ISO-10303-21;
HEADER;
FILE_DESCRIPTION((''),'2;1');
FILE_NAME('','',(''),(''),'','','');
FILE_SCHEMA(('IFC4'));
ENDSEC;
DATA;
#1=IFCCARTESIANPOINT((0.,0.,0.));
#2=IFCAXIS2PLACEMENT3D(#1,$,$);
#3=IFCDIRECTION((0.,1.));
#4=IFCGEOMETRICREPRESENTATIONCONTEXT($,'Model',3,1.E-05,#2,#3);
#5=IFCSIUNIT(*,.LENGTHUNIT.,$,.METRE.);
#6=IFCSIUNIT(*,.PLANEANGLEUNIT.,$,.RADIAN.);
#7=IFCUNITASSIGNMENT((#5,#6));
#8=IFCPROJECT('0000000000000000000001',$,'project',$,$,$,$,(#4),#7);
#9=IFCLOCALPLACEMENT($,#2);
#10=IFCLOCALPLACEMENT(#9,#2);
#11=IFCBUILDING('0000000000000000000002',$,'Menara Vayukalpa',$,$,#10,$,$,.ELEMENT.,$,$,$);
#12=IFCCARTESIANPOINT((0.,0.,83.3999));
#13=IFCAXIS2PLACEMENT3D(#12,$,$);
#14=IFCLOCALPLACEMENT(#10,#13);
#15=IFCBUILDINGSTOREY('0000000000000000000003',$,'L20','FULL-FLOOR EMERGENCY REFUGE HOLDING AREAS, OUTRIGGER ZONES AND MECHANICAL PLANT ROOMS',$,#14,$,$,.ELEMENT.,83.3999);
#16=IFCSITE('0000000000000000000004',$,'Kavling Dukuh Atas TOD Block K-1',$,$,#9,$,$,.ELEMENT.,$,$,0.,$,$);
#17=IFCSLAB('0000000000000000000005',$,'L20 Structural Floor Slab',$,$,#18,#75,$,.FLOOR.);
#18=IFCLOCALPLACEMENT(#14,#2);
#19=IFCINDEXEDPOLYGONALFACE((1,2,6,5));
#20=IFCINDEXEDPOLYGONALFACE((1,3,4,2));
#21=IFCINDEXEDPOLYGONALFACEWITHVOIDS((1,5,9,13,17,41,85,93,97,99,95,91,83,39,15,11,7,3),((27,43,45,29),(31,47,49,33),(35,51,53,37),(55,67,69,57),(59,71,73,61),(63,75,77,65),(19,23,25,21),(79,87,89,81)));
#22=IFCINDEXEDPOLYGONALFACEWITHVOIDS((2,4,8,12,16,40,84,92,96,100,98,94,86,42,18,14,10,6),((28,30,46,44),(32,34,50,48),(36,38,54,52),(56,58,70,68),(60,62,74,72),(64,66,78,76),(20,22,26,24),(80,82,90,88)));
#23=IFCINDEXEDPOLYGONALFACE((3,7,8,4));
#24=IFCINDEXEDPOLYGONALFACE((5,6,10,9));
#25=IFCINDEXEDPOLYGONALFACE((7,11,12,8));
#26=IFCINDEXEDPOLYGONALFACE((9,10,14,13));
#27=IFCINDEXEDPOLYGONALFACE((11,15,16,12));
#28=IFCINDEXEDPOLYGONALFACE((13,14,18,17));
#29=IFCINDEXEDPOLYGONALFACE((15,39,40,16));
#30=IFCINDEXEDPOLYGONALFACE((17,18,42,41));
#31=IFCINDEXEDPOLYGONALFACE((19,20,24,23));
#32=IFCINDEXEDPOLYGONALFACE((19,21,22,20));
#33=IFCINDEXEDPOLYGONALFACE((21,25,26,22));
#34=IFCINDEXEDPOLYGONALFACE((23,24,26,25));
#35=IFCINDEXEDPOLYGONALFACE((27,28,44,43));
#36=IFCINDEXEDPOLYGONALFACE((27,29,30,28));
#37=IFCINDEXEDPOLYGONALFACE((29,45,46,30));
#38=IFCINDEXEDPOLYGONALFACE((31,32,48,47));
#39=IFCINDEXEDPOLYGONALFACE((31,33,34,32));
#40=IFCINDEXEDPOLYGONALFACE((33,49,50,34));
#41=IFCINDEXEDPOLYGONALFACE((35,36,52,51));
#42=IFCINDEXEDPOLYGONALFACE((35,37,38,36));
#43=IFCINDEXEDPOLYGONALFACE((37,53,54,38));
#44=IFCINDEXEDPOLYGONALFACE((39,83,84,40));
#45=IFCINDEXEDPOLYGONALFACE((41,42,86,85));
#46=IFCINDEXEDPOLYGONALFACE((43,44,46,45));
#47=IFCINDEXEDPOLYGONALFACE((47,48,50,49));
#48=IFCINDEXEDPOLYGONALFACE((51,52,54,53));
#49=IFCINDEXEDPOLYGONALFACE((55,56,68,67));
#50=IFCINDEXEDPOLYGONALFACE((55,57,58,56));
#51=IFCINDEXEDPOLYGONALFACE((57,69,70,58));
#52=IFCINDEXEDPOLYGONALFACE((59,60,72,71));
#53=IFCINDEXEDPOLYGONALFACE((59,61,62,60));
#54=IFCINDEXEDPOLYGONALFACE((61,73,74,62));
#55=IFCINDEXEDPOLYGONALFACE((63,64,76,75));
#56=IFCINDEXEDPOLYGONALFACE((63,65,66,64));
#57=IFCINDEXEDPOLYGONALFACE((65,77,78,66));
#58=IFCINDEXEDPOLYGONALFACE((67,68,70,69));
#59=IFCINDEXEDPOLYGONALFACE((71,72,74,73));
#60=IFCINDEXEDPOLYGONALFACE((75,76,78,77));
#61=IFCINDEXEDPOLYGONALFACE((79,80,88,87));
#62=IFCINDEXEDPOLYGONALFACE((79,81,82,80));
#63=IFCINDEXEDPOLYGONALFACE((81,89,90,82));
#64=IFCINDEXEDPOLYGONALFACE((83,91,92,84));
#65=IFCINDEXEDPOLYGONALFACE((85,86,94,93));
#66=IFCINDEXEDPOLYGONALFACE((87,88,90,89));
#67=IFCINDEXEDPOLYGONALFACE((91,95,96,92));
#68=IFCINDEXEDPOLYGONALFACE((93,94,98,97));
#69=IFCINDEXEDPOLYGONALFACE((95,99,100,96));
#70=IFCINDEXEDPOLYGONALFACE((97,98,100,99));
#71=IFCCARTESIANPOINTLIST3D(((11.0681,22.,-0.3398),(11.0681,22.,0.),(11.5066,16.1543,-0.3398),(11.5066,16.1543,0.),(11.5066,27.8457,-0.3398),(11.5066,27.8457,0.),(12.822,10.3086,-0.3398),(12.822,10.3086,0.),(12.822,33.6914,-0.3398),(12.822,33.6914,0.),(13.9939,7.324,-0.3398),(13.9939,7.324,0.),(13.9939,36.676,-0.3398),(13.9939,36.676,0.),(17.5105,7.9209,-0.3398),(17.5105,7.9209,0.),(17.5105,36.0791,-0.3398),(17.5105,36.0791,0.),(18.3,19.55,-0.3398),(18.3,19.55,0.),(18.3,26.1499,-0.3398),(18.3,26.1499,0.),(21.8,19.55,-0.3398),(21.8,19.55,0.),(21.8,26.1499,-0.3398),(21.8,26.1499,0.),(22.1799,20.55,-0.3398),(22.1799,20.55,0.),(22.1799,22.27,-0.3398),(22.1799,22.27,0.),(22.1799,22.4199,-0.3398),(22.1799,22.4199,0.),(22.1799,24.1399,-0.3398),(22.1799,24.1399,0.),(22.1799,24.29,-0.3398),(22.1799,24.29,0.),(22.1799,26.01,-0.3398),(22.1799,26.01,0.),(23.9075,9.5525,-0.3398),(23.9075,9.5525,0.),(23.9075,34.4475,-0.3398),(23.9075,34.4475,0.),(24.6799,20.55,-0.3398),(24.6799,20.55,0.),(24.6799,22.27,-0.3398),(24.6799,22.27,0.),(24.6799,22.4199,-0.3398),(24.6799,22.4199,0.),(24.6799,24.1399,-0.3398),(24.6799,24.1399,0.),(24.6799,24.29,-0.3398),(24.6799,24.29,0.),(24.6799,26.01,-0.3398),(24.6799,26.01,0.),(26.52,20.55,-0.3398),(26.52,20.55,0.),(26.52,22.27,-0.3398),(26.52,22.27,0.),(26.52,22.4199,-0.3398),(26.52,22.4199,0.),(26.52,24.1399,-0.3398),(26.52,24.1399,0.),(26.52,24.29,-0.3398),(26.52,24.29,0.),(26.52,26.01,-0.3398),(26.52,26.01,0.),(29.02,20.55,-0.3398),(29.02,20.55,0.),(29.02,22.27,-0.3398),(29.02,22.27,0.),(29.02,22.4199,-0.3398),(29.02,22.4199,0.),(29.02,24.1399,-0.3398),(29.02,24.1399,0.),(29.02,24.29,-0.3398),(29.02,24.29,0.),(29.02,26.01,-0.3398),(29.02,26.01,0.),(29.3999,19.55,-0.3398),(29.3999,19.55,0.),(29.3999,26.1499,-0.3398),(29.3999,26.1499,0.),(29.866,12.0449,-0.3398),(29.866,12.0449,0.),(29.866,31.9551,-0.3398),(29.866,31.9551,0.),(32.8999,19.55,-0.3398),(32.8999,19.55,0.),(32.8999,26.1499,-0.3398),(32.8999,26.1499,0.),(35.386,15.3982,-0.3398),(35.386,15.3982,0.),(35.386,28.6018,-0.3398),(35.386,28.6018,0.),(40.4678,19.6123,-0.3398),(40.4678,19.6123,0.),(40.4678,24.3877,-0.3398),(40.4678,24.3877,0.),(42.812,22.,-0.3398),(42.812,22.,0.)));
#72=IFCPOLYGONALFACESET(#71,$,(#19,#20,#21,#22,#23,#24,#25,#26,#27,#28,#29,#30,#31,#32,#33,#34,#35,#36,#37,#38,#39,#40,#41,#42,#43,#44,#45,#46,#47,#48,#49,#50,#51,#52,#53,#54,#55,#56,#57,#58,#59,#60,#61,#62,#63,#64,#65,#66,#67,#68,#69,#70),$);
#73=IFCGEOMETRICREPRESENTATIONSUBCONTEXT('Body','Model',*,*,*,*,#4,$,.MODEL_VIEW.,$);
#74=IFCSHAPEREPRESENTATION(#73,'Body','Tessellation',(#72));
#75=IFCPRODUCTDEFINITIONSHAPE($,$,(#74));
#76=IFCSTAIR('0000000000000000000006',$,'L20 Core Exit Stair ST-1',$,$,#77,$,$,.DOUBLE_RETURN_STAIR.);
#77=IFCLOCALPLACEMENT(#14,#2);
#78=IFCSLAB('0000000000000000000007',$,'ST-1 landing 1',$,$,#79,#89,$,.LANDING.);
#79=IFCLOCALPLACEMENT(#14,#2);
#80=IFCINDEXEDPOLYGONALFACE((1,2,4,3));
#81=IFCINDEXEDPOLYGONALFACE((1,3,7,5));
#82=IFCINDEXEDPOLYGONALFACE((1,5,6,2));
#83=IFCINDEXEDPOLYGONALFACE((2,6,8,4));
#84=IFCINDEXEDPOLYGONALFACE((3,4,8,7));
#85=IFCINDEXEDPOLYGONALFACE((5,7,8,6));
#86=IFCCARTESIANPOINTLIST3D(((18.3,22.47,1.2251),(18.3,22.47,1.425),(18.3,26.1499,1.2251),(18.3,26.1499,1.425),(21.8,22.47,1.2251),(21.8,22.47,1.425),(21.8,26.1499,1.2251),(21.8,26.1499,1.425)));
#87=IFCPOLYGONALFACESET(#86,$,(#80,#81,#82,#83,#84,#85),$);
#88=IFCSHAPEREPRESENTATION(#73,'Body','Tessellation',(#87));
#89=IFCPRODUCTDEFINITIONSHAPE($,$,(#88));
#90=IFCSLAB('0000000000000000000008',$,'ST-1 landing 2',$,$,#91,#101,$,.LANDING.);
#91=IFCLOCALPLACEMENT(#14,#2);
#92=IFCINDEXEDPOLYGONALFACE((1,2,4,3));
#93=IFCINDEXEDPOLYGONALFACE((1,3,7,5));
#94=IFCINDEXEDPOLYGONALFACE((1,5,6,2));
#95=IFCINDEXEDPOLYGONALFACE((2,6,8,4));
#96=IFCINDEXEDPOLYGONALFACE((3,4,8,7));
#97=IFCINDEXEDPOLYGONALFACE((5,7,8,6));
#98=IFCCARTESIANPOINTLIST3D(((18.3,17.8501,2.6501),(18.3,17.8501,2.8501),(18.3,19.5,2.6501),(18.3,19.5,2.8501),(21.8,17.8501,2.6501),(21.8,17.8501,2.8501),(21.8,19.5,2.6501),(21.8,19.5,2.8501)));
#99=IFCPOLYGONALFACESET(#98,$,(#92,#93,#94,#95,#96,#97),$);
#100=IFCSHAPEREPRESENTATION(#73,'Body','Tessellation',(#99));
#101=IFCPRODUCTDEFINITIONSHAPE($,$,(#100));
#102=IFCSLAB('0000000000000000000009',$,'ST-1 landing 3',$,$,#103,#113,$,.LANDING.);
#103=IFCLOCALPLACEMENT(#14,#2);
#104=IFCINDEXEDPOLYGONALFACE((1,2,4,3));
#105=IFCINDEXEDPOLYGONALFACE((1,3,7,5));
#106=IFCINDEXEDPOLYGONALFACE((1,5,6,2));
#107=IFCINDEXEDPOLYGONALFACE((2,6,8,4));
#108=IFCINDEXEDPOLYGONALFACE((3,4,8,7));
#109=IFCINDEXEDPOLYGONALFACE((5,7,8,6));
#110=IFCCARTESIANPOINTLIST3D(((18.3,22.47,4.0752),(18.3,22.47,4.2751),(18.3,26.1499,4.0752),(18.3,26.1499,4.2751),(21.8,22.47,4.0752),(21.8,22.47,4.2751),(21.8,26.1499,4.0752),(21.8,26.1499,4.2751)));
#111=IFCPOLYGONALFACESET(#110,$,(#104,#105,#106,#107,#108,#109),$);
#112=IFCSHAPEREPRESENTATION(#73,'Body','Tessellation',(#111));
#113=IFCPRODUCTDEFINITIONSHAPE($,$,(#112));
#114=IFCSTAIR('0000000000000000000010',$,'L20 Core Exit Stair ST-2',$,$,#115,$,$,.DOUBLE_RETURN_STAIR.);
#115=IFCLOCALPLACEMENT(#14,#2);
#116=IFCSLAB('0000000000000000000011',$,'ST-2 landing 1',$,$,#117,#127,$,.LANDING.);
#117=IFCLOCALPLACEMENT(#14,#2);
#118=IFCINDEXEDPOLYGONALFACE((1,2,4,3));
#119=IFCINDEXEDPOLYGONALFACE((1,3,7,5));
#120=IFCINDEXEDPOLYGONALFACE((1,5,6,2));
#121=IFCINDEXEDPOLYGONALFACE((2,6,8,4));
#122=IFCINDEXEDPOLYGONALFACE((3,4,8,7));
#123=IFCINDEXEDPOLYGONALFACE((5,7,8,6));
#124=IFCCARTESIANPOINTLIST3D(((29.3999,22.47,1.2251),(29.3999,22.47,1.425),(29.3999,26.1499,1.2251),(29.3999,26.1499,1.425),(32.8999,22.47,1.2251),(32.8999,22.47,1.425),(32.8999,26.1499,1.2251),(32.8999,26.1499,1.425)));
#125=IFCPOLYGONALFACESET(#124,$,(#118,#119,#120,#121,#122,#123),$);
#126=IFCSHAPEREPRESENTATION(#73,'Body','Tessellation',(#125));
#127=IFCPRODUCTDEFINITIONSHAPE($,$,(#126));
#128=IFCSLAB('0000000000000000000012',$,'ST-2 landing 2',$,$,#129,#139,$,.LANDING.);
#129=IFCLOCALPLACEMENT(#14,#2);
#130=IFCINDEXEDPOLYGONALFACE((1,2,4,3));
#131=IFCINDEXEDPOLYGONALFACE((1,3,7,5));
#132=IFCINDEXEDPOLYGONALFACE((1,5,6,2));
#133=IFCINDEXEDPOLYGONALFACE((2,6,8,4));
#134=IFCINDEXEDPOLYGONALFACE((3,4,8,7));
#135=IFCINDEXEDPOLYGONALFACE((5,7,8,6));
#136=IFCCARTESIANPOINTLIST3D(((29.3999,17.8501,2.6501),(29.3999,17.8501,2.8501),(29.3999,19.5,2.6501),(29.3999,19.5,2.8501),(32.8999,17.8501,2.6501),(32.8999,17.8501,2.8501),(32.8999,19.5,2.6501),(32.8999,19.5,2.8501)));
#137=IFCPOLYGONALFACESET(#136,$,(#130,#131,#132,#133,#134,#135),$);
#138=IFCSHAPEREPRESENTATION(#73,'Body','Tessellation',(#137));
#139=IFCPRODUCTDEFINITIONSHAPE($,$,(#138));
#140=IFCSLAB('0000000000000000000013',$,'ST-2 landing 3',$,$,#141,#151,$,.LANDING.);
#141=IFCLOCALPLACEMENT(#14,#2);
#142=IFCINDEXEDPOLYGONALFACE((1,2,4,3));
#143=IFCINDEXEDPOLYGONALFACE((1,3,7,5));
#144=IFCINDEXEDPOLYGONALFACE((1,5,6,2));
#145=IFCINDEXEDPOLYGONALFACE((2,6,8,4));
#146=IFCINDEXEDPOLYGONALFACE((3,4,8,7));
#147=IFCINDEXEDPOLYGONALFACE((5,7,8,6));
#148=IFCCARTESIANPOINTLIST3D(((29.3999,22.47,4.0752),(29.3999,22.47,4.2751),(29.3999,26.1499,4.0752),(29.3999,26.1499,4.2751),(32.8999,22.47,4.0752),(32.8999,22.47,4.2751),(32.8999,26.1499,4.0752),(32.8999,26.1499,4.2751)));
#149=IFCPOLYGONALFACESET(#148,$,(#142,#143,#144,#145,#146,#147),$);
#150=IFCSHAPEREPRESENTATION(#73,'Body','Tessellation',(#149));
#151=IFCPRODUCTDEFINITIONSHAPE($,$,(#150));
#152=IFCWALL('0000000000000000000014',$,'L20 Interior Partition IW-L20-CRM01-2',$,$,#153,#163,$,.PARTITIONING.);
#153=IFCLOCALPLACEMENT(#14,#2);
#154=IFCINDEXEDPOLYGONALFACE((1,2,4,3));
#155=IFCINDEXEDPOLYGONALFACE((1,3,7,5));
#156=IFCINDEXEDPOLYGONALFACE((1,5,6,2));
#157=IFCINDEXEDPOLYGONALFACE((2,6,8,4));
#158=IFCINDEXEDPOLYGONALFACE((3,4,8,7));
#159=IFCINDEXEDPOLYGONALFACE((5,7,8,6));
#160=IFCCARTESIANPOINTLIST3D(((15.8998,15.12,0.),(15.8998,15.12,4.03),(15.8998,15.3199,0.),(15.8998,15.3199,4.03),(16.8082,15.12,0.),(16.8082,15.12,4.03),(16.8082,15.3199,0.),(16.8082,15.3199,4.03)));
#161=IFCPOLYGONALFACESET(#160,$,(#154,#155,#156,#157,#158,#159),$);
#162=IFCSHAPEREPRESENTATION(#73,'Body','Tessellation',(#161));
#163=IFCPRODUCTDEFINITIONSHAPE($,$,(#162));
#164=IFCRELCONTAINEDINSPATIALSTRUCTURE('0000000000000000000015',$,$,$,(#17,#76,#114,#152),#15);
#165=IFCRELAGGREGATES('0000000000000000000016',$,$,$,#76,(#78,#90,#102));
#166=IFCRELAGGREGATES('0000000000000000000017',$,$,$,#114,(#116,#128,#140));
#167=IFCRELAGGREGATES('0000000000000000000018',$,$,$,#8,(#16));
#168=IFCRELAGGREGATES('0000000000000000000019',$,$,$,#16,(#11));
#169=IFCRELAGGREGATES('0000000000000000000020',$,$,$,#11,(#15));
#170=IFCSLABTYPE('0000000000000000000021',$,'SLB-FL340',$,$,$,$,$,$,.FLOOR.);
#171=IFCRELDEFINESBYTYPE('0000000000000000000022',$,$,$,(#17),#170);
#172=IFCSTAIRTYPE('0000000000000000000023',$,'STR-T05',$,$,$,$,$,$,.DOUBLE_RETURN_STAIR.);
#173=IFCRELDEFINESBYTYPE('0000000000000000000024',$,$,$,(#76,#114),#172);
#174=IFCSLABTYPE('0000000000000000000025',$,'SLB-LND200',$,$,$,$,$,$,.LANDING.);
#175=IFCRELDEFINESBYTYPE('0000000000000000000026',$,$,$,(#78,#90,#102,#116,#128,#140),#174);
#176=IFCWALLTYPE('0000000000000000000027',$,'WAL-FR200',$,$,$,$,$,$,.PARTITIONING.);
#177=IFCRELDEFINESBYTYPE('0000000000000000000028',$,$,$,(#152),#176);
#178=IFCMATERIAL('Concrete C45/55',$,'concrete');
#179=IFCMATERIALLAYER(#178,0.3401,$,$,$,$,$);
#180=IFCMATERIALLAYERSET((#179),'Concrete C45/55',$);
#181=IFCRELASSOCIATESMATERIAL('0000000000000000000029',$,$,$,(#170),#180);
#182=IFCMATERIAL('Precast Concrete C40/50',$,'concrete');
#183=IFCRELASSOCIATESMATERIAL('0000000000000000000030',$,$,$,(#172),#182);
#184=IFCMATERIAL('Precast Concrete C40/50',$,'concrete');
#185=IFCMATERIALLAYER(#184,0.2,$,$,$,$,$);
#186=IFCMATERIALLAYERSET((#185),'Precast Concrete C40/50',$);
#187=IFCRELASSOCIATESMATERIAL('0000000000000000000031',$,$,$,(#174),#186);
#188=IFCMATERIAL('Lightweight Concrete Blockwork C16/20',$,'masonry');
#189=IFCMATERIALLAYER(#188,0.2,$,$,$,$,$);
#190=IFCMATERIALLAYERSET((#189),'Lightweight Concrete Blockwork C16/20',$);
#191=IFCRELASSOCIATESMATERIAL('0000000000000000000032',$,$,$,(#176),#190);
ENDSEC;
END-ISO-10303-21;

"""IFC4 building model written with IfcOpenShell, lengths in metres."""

from ifc_helpers import new_model, si_unit, direction, frame, frame_2d, origin, place, context, subcontext, project, spatial, polyline, rectangle, outline, extrude, material, layer, layer_set, type_object, element, aggregate, save


model = new_model("IFC4")

# Units and contexts
model_context = context("Model", 3, precision=1e-05, world=origin(), true_north=direction((0.0, 1.0)))
body_context = subcontext(model_context, "Body", "Model", "MODEL_VIEW")
ifc_project = project(units=[si_unit("LENGTHUNIT", "METRE"), si_unit("PLANEANGLEUNIT", "RADIAN")], contexts=[model_context])

# Site, building, storey
site_placement = place(None, origin())
site = spatial("IfcSite", under=ifc_project, at=site_placement, Name="Kavling Dukuh Atas TOD Block K-1", CompositionType="ELEMENT", RefElevation=0.0)
building_placement = place(site_placement, origin())
building = spatial("IfcBuilding", under=site, at=building_placement, Name="Menara Vayukalpa", CompositionType="ELEMENT")
storey_placement = place(building_placement, frame((0.0, 0.0, 83.3999)))
storey = spatial("IfcBuildingStorey", under=building, at=storey_placement, Name="L20", Description="FULL-FLOOR EMERGENCY REFUGE HOLDING AREAS, OUTRIGGER ZONES AND MECHANICAL PLANT ROOMS", CompositionType="ELEMENT", Elevation=83.3999)

# Slab
ifc_material_1 = material(Name="Concrete C45/55", Category="concrete")
ifc_layer_1 = layer(ifc_material_1, 0.3401)
ifc_layer_set_1 = layer_set([ifc_layer_1], Name="Concrete C45/55")
slab_type_1 = type_object("IfcSlabType", Name="SLB-FL340", PredefinedType="FLOOR", material=ifc_layer_set_1)
slab_1_placement = place(storey_placement, frame((0.0, 0.0, -0.3398)))
element("IfcSlab", 1, at=slab_1_placement, inside=storey, type_object=slab_type_1, Name="L20 Structural Floor Slab", PredefinedType="FLOOR", context=body_context, shape_type="SweptSolid", body=[
    extrude(outline(polyline([(40.4678, 19.6123), (42.812, 22.0), (40.4678, 24.3877), (35.386, 28.6018), (29.866, 31.9551), (23.9075, 34.4475), (17.5105, 36.0791), (13.9939, 36.676), (12.822, 33.6914), (11.5066, 27.8457), (11.0681, 22.0), (11.5066, 16.1543), (12.822, 10.3086), (13.9939, 7.324), (17.5105, 7.9209), (23.9075, 9.5525), (29.866, 12.0449), (35.386, 15.3982), (40.4678, 19.6123)]), holes=[polyline([(21.8, 19.55), (21.8, 26.1499), (18.3, 26.1499), (18.3, 19.55), (21.8, 19.55)]), polyline([(32.8999, 19.55), (32.8999, 26.1499), (29.3999, 26.1499), (29.3999, 19.55), (32.8999, 19.55)]), polyline([(22.1799, 20.55), (24.6799, 20.55), (24.6799, 22.27), (22.1799, 22.27), (22.1799, 20.55)]), polyline([(26.52, 20.55), (29.02, 20.55), (29.02, 22.27), (26.52, 22.27), (26.52, 20.55)]), polyline([(22.1799, 22.4199), (24.6799, 22.4199), (24.6799, 24.1399), (22.1799, 24.1399), (22.1799, 22.4199)]), polyline([(22.1799, 24.29), (24.6799, 24.29), (24.6799, 26.01), (22.1799, 26.01), (22.1799, 24.29)]), polyline([(26.52, 24.29), (29.02, 24.29), (29.02, 26.01), (26.52, 26.01), (26.52, 24.29)]), polyline([(26.52, 22.4199), (29.02, 22.4199), (29.02, 24.1399), (26.52, 24.1399), (26.52, 22.4199)])]), origin(), (0.0, 0.0, 1.0), 0.3398),
])

# Stairs, slabs
ifc_material_2 = material(Name="Precast Concrete C40/50", Category="concrete")
stair_type = type_object("IfcStairType", Name="STR-T05", PredefinedType="DOUBLE_RETURN_STAIR", material=ifc_material_2)
stair_1_placement = place(storey_placement, origin())
stair_1 = element("IfcStair", 2, at=stair_1_placement, inside=storey, type_object=stair_type, Name="L20 Core Exit Stair ST-1", PredefinedType="DOUBLE_RETURN_STAIR")
ifc_material_3 = material(Name="Precast Concrete C40/50", Category="concrete")
ifc_layer_2 = layer(ifc_material_3, 0.2)
ifc_layer_set_2 = layer_set([ifc_layer_2], Name="Precast Concrete C40/50")
slab_type_2 = type_object("IfcSlabType", Name="SLB-LND200", PredefinedType="LANDING", material=ifc_layer_set_2)
slab_2_placement = place(storey_placement, frame((0.0, 0.0, 1.2251)))
slab_2 = element("IfcSlab", 3, at=slab_2_placement, type_object=slab_type_2, Name="ST-1 landing 1", PredefinedType="LANDING", context=body_context, shape_type="SweptSolid", body=[
    extrude(outline(polyline([(21.8, 22.47), (21.8, 26.1499), (18.3, 26.1499), (18.3, 22.47), (21.8, 22.47)])), origin(), (0.0, 0.0, 1.0), 0.2),
])
slab_3_placement = place(storey_placement, frame((0.0, 0.0, 2.6501)))
slab_3 = element("IfcSlab", 4, at=slab_3_placement, type_object=slab_type_2, Name="ST-1 landing 2", PredefinedType="LANDING", context=body_context, shape_type="SweptSolid", body=[
    extrude(outline(polyline([(21.8, 17.8501), (21.8, 19.5), (18.3, 19.5), (18.3, 17.8501), (21.8, 17.8501)])), origin(), (0.0, 0.0, 1.0), 0.2),
])
slab_4_placement = place(storey_placement, frame((0.0, 0.0, 4.0752)))
slab_4 = element("IfcSlab", 5, at=slab_4_placement, type_object=slab_type_2, Name="ST-1 landing 3", PredefinedType="LANDING", context=body_context, shape_type="SweptSolid", body=[
    extrude(outline(polyline([(21.8, 22.47), (21.8, 26.1499), (18.3, 26.1499), (18.3, 22.47), (21.8, 22.47)])), origin(), (0.0, 0.0, 1.0), 0.2),
])
aggregate(stair_1, [slab_2, slab_3, slab_4])
stair_2_placement = place(storey_placement, origin())
stair_2 = element("IfcStair", 6, at=stair_2_placement, inside=storey, type_object=stair_type, Name="L20 Core Exit Stair ST-2", PredefinedType="DOUBLE_RETURN_STAIR")
slab_5_placement = place(storey_placement, frame((0.0, 0.0, 1.2251)))
slab_5 = element("IfcSlab", 7, at=slab_5_placement, type_object=slab_type_2, Name="ST-2 landing 1", PredefinedType="LANDING", context=body_context, shape_type="SweptSolid", body=[
    extrude(outline(polyline([(32.8999, 22.47), (32.8999, 26.1499), (29.3999, 26.1499), (29.3999, 22.47), (32.8999, 22.47)])), origin(), (0.0, 0.0, 1.0), 0.2),
])
slab_6_placement = place(storey_placement, frame((0.0, 0.0, 2.6501)))
slab_6 = element("IfcSlab", 8, at=slab_6_placement, type_object=slab_type_2, Name="ST-2 landing 2", PredefinedType="LANDING", context=body_context, shape_type="SweptSolid", body=[
    extrude(outline(polyline([(32.8999, 17.8501), (32.8999, 19.5), (29.3999, 19.5), (29.3999, 17.8501), (32.8999, 17.8501)])), origin(), (0.0, 0.0, 1.0), 0.2),
])
slab_7_placement = place(storey_placement, frame((0.0, 0.0, 4.0752)))
slab_7 = element("IfcSlab", 9, at=slab_7_placement, type_object=slab_type_2, Name="ST-2 landing 3", PredefinedType="LANDING", context=body_context, shape_type="SweptSolid", body=[
    extrude(outline(polyline([(32.8999, 22.47), (32.8999, 26.1499), (29.3999, 26.1499), (29.3999, 22.47), (32.8999, 22.47)])), origin(), (0.0, 0.0, 1.0), 0.2),
])
aggregate(stair_2, [slab_5, slab_6, slab_7])

# Wall
ifc_material_4 = material(Name="Lightweight Concrete Blockwork C16/20", Category="masonry")
ifc_layer_3 = layer(ifc_material_4, 0.2)
ifc_layer_set_3 = layer_set([ifc_layer_3], Name="Lightweight Concrete Blockwork C16/20")
wall_type = type_object("IfcWallType", Name="WAL-FR200", PredefinedType="PARTITIONING", material=ifc_layer_set_3)
wall_placement = place(storey_placement, frame((15.8999, 15.22, 0.0), z_axis=(0.0, 0.0, 1.0), x_axis=(1.0, 0.0, 0.0)))
element("IfcWall", 10, at=wall_placement, inside=storey, type_object=wall_type, Name="L20 Interior Partition IW-L20-CRM01-2", PredefinedType="PARTITIONING", context=body_context, shape_type="SweptSolid", body=[
    extrude(rectangle(XDim=0.9084, YDim=0.2, at=frame_2d((0.4541, 0.0))), origin(), (0.0, 0.0, 1.0), 4.03),
])

save(model, "model.ifc")
